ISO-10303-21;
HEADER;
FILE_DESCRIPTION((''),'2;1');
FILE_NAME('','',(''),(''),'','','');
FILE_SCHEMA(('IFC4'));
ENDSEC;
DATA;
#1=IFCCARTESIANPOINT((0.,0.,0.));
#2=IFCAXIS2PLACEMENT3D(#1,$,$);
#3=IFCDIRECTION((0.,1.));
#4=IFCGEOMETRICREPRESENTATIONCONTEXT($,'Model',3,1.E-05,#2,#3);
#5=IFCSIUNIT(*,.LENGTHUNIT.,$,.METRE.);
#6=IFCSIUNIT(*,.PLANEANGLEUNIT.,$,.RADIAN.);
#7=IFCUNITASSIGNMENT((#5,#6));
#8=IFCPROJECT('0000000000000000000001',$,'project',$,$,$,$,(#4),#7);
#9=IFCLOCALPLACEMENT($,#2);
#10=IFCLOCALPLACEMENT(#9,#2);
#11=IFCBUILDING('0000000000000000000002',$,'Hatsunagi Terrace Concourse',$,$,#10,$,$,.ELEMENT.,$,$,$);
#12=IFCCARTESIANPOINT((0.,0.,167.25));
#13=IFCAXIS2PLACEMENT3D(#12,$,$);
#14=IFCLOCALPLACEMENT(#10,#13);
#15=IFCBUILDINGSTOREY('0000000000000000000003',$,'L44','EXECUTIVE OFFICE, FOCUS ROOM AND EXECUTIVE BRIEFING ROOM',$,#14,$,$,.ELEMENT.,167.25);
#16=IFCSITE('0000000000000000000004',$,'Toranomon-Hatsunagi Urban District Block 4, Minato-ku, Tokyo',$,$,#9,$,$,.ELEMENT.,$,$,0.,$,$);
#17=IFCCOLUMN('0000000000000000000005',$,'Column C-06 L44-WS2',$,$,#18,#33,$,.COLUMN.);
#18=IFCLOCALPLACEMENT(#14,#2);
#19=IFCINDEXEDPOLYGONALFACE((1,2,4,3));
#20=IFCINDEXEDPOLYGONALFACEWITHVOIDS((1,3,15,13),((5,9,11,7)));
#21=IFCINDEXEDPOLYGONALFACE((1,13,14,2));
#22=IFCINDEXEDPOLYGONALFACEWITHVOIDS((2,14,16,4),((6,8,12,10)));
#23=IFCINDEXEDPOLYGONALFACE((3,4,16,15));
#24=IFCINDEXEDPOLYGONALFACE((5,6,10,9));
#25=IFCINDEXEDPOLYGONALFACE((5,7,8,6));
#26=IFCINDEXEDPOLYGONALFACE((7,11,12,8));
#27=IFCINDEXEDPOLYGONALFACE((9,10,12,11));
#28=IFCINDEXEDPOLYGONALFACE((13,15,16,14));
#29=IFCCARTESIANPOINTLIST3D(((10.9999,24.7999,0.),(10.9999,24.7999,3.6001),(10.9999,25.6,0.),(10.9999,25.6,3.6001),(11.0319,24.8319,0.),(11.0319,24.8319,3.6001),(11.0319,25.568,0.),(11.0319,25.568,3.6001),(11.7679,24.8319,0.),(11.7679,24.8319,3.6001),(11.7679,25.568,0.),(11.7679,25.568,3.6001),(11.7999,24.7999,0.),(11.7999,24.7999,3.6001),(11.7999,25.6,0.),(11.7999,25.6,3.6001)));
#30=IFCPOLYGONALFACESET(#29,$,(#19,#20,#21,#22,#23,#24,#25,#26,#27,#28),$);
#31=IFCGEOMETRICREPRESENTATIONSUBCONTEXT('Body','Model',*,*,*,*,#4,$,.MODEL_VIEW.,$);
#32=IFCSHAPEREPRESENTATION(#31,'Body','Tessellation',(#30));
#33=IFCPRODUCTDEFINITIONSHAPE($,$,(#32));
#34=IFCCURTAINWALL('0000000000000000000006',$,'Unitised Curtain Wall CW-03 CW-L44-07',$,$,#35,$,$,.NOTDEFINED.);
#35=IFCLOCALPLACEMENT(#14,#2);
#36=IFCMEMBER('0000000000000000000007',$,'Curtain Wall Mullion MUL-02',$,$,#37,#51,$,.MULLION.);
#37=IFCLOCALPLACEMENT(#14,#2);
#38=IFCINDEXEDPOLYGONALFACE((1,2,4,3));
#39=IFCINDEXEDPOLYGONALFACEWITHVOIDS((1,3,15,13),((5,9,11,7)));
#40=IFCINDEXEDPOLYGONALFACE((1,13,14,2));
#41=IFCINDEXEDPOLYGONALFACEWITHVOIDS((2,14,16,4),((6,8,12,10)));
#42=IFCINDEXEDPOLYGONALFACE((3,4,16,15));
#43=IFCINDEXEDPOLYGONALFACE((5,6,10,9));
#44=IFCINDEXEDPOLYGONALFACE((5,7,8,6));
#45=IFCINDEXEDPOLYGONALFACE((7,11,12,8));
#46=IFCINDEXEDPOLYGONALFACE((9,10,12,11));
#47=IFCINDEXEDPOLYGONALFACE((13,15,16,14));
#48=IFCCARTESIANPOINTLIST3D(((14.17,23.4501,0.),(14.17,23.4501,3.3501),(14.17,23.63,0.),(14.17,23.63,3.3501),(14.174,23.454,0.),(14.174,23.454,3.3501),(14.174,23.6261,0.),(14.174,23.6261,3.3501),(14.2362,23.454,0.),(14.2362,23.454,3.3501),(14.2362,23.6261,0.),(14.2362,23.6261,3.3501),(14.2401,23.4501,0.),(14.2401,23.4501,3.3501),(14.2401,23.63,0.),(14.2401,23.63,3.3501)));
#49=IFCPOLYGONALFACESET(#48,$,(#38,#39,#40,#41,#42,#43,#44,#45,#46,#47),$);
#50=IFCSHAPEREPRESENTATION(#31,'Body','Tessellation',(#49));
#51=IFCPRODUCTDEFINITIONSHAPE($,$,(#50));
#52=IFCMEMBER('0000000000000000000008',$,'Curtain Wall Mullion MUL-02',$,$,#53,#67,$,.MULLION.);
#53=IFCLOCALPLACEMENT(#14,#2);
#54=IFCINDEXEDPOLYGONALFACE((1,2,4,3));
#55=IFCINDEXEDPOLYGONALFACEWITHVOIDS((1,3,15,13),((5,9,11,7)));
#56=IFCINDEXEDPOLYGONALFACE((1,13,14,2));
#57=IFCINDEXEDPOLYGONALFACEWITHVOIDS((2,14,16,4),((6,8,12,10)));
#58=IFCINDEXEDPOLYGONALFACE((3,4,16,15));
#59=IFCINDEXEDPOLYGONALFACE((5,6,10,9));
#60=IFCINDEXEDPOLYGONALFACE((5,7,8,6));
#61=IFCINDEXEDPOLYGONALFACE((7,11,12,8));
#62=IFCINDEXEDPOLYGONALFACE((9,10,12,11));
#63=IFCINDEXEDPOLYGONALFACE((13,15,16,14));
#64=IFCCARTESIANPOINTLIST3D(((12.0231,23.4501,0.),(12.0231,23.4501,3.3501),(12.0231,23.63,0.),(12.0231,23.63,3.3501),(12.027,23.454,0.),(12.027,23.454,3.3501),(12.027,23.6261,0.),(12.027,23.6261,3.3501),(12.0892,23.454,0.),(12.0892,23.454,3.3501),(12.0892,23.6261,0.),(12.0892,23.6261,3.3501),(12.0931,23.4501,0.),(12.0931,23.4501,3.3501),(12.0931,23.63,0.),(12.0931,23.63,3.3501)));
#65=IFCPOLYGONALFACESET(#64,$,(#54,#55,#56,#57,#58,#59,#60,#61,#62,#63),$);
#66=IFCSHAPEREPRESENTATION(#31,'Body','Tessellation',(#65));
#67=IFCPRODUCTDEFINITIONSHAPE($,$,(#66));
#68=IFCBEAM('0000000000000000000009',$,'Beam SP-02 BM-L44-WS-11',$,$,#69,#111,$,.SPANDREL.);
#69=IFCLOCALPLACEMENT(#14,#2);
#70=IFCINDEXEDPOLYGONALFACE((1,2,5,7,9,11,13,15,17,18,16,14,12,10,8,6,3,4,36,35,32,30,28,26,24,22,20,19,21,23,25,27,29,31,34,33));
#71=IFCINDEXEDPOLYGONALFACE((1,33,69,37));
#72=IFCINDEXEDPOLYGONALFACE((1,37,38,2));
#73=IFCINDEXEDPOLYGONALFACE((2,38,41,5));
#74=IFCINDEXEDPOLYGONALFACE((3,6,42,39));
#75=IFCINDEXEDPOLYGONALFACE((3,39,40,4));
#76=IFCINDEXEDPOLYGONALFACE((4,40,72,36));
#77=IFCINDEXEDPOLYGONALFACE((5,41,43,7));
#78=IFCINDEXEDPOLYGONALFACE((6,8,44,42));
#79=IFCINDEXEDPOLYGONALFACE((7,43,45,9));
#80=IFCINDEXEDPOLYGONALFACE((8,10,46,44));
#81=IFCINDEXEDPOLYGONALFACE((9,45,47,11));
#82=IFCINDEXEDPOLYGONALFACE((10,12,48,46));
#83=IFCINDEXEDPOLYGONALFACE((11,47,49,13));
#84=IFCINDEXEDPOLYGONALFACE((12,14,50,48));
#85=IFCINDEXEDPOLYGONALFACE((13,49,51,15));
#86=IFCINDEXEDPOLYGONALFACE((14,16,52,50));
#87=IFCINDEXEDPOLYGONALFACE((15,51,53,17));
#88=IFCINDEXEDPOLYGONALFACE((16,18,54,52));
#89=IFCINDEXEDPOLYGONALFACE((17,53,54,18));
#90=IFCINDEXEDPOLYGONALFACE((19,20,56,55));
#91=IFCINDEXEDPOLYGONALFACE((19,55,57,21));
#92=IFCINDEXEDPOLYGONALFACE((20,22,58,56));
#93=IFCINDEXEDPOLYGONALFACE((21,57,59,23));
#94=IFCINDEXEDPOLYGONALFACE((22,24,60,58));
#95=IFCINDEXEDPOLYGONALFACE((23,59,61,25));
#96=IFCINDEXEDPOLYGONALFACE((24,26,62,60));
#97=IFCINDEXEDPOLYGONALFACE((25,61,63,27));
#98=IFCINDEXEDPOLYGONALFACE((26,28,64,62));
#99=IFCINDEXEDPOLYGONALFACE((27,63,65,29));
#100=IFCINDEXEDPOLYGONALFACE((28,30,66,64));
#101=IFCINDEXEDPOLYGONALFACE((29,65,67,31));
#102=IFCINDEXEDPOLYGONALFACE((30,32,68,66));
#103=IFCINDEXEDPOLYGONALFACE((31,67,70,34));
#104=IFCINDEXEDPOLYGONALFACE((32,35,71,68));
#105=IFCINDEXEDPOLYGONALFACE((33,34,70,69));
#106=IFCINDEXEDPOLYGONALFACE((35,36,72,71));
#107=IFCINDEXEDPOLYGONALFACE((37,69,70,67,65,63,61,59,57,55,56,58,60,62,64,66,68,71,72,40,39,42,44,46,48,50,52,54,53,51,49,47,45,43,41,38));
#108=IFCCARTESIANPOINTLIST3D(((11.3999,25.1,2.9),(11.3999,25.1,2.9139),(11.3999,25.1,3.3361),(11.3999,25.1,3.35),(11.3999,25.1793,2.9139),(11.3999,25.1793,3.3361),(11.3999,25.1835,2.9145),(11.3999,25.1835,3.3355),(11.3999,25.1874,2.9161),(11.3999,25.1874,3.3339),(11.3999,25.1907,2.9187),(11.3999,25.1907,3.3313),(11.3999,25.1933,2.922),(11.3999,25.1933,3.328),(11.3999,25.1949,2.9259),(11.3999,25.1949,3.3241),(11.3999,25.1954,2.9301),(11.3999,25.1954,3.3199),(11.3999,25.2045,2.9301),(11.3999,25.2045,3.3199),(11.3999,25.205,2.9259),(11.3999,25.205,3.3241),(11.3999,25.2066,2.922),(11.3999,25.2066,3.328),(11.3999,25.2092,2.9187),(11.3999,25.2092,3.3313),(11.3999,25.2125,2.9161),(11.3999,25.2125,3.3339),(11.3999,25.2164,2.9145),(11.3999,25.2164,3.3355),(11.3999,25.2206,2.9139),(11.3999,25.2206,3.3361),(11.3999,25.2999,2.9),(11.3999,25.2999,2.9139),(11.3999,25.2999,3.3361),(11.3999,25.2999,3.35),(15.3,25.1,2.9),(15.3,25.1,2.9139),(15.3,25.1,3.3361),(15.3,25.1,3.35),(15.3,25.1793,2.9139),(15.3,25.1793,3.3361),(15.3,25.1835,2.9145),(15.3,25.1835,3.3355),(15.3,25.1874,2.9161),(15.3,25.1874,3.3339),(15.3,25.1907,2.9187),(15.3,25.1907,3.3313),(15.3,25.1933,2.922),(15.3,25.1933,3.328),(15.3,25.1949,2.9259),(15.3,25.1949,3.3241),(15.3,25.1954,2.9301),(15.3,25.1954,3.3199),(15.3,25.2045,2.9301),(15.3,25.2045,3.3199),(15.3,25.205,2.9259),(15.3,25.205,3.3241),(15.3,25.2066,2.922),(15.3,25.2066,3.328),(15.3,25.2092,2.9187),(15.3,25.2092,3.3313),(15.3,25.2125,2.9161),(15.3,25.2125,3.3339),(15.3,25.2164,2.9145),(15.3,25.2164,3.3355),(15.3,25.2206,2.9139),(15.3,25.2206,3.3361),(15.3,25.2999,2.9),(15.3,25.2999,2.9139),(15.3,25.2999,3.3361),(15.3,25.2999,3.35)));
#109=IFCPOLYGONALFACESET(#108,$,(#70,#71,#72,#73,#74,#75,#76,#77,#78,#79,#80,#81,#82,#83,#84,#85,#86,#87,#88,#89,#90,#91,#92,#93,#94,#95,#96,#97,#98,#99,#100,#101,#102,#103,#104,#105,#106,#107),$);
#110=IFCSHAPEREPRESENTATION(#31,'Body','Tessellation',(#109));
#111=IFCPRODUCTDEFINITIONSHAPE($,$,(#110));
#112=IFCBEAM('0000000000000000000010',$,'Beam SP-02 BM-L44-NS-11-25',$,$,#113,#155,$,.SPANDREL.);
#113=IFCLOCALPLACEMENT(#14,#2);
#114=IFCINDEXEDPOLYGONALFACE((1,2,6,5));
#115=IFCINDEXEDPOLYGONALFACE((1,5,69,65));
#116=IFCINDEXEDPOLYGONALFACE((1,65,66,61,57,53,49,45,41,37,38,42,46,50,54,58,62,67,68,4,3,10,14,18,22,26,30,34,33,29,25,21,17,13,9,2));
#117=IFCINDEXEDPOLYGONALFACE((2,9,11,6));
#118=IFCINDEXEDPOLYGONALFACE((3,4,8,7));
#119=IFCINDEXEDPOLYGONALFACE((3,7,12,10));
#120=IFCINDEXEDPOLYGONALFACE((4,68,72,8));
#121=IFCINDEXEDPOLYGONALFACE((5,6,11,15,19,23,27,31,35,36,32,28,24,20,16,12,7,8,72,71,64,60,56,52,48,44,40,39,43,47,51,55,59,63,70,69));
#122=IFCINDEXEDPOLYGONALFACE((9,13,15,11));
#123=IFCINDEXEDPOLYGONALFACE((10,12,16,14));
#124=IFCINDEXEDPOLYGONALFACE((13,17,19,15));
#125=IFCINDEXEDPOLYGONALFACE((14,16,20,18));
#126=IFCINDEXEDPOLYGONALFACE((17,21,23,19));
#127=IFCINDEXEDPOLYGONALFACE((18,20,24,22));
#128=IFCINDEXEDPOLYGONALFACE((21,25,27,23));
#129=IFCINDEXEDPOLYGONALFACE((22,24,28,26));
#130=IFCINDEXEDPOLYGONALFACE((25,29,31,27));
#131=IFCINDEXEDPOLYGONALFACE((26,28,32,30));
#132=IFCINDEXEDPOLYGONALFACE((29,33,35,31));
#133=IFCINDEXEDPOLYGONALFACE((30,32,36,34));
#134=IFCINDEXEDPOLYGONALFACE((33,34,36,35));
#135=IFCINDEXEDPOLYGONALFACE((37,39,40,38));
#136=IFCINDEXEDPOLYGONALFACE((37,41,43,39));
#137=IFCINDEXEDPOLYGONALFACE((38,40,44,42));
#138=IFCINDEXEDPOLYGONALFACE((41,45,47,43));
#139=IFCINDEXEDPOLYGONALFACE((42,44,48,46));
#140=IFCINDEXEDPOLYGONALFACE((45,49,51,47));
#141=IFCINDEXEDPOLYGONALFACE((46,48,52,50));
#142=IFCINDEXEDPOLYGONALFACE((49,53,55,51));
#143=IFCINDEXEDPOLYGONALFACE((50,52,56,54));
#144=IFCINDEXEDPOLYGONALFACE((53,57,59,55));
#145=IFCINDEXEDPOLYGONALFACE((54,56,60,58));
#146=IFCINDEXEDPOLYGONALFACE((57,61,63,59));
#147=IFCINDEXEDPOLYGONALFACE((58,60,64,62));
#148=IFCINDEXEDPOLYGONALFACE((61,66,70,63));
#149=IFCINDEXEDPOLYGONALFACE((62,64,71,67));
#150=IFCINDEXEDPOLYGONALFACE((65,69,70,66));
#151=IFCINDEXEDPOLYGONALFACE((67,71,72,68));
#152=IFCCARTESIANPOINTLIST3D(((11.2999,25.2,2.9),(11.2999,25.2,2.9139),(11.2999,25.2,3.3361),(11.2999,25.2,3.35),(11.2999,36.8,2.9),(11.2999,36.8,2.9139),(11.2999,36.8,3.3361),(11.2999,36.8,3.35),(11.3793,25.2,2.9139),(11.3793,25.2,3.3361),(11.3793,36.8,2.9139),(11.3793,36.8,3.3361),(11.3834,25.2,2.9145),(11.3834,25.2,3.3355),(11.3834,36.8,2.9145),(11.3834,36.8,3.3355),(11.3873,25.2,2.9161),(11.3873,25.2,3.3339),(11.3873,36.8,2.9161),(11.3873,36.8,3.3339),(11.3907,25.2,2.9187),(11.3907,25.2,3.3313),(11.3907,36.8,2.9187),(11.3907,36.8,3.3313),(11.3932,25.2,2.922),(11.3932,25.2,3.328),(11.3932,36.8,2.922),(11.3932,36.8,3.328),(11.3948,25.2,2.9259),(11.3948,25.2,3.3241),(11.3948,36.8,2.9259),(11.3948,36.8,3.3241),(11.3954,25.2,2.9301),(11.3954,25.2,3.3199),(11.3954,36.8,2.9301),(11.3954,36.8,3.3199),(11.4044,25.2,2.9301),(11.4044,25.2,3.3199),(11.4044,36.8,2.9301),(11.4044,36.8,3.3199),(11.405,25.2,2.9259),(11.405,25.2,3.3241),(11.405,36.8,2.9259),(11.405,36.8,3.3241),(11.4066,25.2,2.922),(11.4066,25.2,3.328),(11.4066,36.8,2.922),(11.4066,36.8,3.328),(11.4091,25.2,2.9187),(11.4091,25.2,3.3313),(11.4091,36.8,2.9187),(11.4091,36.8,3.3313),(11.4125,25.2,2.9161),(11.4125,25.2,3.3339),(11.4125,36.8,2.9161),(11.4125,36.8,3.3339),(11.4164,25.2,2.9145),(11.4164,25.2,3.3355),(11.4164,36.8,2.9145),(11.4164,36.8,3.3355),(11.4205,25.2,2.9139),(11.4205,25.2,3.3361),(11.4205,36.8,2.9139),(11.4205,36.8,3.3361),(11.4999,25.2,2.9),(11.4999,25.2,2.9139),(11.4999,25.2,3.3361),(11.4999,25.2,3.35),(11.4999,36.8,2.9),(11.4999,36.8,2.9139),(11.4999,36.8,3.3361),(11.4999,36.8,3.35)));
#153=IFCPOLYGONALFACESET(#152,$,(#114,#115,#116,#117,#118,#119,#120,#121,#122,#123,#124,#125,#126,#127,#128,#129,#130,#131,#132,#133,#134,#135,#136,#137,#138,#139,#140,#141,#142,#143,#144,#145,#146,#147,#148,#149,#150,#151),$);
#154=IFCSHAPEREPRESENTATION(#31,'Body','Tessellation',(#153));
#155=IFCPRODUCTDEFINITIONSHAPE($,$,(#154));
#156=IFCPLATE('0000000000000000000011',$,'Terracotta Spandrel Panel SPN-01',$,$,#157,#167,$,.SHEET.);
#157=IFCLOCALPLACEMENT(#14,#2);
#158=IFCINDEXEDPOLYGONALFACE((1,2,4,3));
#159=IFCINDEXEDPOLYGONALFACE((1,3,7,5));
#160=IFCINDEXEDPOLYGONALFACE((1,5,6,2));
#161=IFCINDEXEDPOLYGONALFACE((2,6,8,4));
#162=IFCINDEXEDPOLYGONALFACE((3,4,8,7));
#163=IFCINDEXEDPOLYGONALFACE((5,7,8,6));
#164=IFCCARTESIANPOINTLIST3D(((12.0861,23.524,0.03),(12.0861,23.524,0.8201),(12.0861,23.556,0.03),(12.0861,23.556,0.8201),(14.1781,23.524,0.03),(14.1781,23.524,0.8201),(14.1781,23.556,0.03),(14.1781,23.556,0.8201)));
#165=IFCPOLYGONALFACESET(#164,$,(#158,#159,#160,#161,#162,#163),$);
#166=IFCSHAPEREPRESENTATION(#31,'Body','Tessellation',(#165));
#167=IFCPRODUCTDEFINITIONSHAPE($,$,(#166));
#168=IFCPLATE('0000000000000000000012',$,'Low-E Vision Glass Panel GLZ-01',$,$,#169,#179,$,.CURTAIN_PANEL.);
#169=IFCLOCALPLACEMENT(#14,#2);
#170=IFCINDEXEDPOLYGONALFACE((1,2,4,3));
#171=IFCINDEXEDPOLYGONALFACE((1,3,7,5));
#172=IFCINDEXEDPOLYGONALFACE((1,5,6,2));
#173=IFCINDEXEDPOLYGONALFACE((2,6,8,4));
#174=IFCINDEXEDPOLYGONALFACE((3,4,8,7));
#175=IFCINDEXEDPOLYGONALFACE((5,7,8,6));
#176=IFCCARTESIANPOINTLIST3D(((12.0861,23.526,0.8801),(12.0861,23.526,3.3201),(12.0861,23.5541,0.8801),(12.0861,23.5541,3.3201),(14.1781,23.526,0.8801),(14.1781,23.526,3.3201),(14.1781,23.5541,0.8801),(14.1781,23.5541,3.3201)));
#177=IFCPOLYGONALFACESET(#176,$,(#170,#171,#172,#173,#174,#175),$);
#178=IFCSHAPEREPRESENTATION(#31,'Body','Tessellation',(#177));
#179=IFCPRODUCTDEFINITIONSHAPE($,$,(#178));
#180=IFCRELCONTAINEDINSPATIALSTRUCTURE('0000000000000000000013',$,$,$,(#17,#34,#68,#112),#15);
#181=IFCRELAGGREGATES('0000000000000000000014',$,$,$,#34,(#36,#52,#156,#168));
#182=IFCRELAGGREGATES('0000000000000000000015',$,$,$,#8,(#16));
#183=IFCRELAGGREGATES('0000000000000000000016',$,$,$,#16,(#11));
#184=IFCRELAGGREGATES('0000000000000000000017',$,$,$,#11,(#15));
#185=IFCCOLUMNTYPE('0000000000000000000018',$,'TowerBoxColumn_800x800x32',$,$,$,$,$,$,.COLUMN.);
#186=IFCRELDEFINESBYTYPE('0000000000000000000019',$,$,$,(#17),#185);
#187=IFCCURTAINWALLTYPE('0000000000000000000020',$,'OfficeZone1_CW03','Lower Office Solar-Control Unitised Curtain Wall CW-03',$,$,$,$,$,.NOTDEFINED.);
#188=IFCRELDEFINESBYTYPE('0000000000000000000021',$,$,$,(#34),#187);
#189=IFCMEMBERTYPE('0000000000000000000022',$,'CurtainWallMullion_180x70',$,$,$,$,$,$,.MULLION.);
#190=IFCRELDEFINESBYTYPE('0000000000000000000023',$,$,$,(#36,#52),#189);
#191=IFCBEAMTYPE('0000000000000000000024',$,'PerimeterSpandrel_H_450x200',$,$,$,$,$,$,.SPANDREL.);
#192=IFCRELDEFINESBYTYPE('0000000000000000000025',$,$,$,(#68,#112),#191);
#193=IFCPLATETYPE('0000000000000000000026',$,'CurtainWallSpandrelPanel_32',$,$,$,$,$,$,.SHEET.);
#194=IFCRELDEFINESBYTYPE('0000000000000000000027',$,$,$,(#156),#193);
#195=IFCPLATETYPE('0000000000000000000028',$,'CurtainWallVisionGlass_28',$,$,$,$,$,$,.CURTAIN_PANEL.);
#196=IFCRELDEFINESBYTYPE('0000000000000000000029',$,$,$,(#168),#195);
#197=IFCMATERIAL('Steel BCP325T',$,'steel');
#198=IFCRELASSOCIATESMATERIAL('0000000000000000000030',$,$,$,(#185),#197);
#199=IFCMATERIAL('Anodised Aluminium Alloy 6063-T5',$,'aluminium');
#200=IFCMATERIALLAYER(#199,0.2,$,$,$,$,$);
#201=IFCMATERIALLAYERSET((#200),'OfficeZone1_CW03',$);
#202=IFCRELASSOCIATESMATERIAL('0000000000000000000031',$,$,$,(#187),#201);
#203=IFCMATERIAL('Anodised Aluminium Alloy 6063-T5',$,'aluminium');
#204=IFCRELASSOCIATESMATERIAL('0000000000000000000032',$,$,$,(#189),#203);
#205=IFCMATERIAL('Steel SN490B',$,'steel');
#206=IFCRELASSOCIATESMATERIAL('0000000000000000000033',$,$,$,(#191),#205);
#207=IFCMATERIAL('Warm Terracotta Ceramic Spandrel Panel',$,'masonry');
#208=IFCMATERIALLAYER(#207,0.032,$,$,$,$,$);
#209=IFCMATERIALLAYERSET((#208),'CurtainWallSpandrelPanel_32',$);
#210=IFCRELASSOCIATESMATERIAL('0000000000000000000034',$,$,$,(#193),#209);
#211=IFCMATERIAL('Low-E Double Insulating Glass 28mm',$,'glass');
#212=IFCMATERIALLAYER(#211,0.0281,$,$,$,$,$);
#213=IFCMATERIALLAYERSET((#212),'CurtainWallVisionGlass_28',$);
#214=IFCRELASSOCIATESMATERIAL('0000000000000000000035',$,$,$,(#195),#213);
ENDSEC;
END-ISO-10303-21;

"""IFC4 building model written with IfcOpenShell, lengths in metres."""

from ifc_helpers import new_model, si_unit, direction, frame, origin, origin_2d, place, context, subcontext, project, spatial, rectangle, hollow_rectangle, i_section, extrude, material, layer, layer_set, material_profile, profile_set, type_object, element, aggregate, save


model = new_model("IFC4")

# Units and contexts
model_context = context("Model", 3, precision=1e-05, world=origin(), true_north=direction((0.0, 1.0)))
body_context = subcontext(model_context, "Body", "Model", "MODEL_VIEW")
ifc_project = project(units=[si_unit("LENGTHUNIT", "METRE"), si_unit("PLANEANGLEUNIT", "RADIAN")], contexts=[model_context])

# Site, building, storey
site_placement = place(None, origin())
site = spatial("IfcSite", under=ifc_project, at=site_placement, Name="Toranomon-Hatsunagi Urban District Block 4, Minato-ku, Tokyo", CompositionType="ELEMENT", RefElevation=0.0)
building_placement = place(site_placement, origin())
building = spatial("IfcBuilding", under=site, at=building_placement, Name="Hatsunagi Terrace Concourse", CompositionType="ELEMENT")
storey_placement = place(building_placement, frame((0.0, 0.0, 167.25)))
storey = spatial("IfcBuildingStorey", under=building, at=storey_placement, Name="L44", Description="EXECUTIVE OFFICE, FOCUS ROOM AND EXECUTIVE BRIEFING ROOM", CompositionType="ELEMENT", Elevation=167.25)

# Column
ifc_material_1 = material(Name="Steel BCP325T", Category="steel")
ifc_material_profile_1 = material_profile(ifc_material_1, hollow_rectangle(XDim=0.8, YDim=0.8, WallThickness=0.032, at=origin_2d()), Name="BCP-800x800x32")
ifc_profile_set_1 = profile_set([ifc_material_profile_1], Name="Steel BCP325T")
column_type = type_object("IfcColumnType", Name="TowerBoxColumn_800x800x32", PredefinedType="COLUMN", material=ifc_profile_set_1)
column_placement = place(storey_placement, frame((11.3999, 25.2, 0.0), z_axis=(0.0, 0.0, 1.0), x_axis=(1.0, 0.0, 0.0)))
element("IfcColumn", 1, at=column_placement, inside=storey, type_object=column_type, Name="Column C-06 L44-WS2", PredefinedType="COLUMN", context=body_context, shape_type="SweptSolid", body=[
    extrude(hollow_rectangle(XDim=0.8, YDim=0.8, WallThickness=0.032, at=origin_2d()), origin(), (0.0, 0.0, 1.0), 3.6001),
])

# Curtain wall, members
ifc_material_2 = material(Name="Anodised Aluminium Alloy 6063-T5", Category="aluminium")
ifc_layer_1 = layer(ifc_material_2, 0.2)
ifc_layer_set_1 = layer_set([ifc_layer_1], Name="OfficeZone1_CW03")
curtain_wall_type = type_object("IfcCurtainWallType", Name="OfficeZone1_CW03", Description="Lower Office Solar-Control Unitised Curtain Wall CW-03", PredefinedType="NOTDEFINED", material=ifc_layer_set_1)
curtain_wall_placement = place(storey_placement, origin())
curtain_wall = element("IfcCurtainWall", 2, at=curtain_wall_placement, inside=storey, type_object=curtain_wall_type, Name="Unitised Curtain Wall CW-03 CW-L44-07", PredefinedType="NOTDEFINED")
ifc_material_3 = material(Name="Anodised Aluminium Alloy 6063-T5", Category="aluminium")
ifc_material_profile_2 = material_profile(ifc_material_3, hollow_rectangle(XDim=0.0701, YDim=0.1799, WallThickness=0.0039, at=origin_2d()), Name="ALU-MUL-180x70x4")
ifc_profile_set_2 = profile_set([ifc_material_profile_2], Name="Anodised Aluminium Alloy 6063-T5")
member_type = type_object("IfcMemberType", Name="CurtainWallMullion_180x70", PredefinedType="MULLION", material=ifc_profile_set_2)
member_1_placement = place(storey_placement, frame((14.2051, 23.54, 0.0), z_axis=(0.0, 0.0, 1.0), x_axis=(-1.0, 0.0, 0.0)))
member_1 = element("IfcMember", 3, at=member_1_placement, type_object=member_type, Name="Curtain Wall Mullion MUL-02", PredefinedType="MULLION", context=body_context, shape_type="SweptSolid", body=[
    extrude(hollow_rectangle(XDim=0.0701, YDim=0.1799, WallThickness=0.0039, at=origin_2d()), origin(), (0.0, 0.0, 1.0), 3.3501),
])
member_2_placement = place(storey_placement, frame((12.0581, 23.54, 0.0), z_axis=(0.0, 0.0, 1.0), x_axis=(-1.0, 0.0, 0.0)))
member_2 = element("IfcMember", 4, at=member_2_placement, type_object=member_type, Name="Curtain Wall Mullion MUL-02", PredefinedType="MULLION", context=body_context, shape_type="SweptSolid", body=[
    extrude(hollow_rectangle(XDim=0.0701, YDim=0.1799, WallThickness=0.0039, at=origin_2d()), origin(), (0.0, 0.0, 1.0), 3.3501),
])

# Beams
ifc_material_4 = material(Name="Steel SN490B", Category="steel")
ifc_material_profile_3 = material_profile(ifc_material_4, i_section(OverallWidth=0.2, OverallDepth=0.45, WebThickness=0.009, FlangeThickness=0.0139, FilletRadius=0.0161, at=origin_2d()), Name="H-450x200x9x14")
ifc_profile_set_3 = profile_set([ifc_material_profile_3], Name="Steel SN490B")
beam_type = type_object("IfcBeamType", Name="PerimeterSpandrel_H_450x200", PredefinedType="SPANDREL", material=ifc_profile_set_3)
beam_1_placement = place(storey_placement, frame((11.3999, 25.2, 3.125), z_axis=(1.0, 0.0, 0.0), x_axis=(0.0, 1.0, 0.0)))
element("IfcBeam", 5, at=beam_1_placement, inside=storey, type_object=beam_type, Name="Beam SP-02 BM-L44-WS-11", PredefinedType="SPANDREL", context=body_context, shape_type="SweptSolid", body=[
    extrude(i_section(OverallWidth=0.2, OverallDepth=0.45, WebThickness=0.009, FlangeThickness=0.0139, FilletRadius=0.0161, at=origin_2d()), origin(), (0.0, 0.0, 1.0), 3.9001),
])
beam_2_placement = place(storey_placement, frame((11.3999, 25.2, 3.125), z_axis=(0.0, 1.0, 0.0), x_axis=(-1.0, 0.0, 0.0)))
element("IfcBeam", 6, at=beam_2_placement, inside=storey, type_object=beam_type, Name="Beam SP-02 BM-L44-NS-11-25", PredefinedType="SPANDREL", context=body_context, shape_type="SweptSolid", body=[
    extrude(i_section(OverallWidth=0.2, OverallDepth=0.45, WebThickness=0.009, FlangeThickness=0.0139, FilletRadius=0.0161, at=origin_2d()), origin(), (0.0, 0.0, 1.0), 11.6001),
])

# Plates
ifc_material_5 = material(Name="Warm Terracotta Ceramic Spandrel Panel", Category="masonry")
ifc_layer_2 = layer(ifc_material_5, 0.032)
ifc_layer_set_2 = layer_set([ifc_layer_2], Name="CurtainWallSpandrelPanel_32")
plate_type_1 = type_object("IfcPlateType", Name="CurtainWallSpandrelPanel_32", PredefinedType="SHEET", material=ifc_layer_set_2)
plate_1_placement = place(storey_placement, frame((13.1321, 23.54, 0.03), z_axis=(0.0, 0.0, 1.0), x_axis=(-1.0, 0.0, 0.0)))
plate_1 = element("IfcPlate", 7, at=plate_1_placement, type_object=plate_type_1, Name="Terracotta Spandrel Panel SPN-01", PredefinedType="SHEET", context=body_context, shape_type="SweptSolid", body=[
    extrude(rectangle(XDim=2.092, YDim=0.032, at=origin_2d()), origin(), (0.0, 0.0, 1.0), 0.79),
])
ifc_material_6 = material(Name="Low-E Double Insulating Glass 28mm", Category="glass")
ifc_layer_3 = layer(ifc_material_6, 0.0281)
ifc_layer_set_3 = layer_set([ifc_layer_3], Name="CurtainWallVisionGlass_28")
plate_type_2 = type_object("IfcPlateType", Name="CurtainWallVisionGlass_28", PredefinedType="CURTAIN_PANEL", material=ifc_layer_set_3)
plate_2_placement = place(storey_placement, frame((13.1321, 23.54, 0.8801), z_axis=(0.0, 0.0, 1.0), x_axis=(-1.0, 0.0, 0.0)))
plate_2 = element("IfcPlate", 8, at=plate_2_placement, type_object=plate_type_2, Name="Low-E Vision Glass Panel GLZ-01", PredefinedType="CURTAIN_PANEL", context=body_context, shape_type="SweptSolid", body=[
    extrude(rectangle(XDim=2.092, YDim=0.0281, at=origin_2d()), origin(), (0.0, 0.0, 1.0), 2.4399),
])
aggregate(curtain_wall, [member_1, member_2, plate_1, plate_2])

save(model, "model.ifc")
